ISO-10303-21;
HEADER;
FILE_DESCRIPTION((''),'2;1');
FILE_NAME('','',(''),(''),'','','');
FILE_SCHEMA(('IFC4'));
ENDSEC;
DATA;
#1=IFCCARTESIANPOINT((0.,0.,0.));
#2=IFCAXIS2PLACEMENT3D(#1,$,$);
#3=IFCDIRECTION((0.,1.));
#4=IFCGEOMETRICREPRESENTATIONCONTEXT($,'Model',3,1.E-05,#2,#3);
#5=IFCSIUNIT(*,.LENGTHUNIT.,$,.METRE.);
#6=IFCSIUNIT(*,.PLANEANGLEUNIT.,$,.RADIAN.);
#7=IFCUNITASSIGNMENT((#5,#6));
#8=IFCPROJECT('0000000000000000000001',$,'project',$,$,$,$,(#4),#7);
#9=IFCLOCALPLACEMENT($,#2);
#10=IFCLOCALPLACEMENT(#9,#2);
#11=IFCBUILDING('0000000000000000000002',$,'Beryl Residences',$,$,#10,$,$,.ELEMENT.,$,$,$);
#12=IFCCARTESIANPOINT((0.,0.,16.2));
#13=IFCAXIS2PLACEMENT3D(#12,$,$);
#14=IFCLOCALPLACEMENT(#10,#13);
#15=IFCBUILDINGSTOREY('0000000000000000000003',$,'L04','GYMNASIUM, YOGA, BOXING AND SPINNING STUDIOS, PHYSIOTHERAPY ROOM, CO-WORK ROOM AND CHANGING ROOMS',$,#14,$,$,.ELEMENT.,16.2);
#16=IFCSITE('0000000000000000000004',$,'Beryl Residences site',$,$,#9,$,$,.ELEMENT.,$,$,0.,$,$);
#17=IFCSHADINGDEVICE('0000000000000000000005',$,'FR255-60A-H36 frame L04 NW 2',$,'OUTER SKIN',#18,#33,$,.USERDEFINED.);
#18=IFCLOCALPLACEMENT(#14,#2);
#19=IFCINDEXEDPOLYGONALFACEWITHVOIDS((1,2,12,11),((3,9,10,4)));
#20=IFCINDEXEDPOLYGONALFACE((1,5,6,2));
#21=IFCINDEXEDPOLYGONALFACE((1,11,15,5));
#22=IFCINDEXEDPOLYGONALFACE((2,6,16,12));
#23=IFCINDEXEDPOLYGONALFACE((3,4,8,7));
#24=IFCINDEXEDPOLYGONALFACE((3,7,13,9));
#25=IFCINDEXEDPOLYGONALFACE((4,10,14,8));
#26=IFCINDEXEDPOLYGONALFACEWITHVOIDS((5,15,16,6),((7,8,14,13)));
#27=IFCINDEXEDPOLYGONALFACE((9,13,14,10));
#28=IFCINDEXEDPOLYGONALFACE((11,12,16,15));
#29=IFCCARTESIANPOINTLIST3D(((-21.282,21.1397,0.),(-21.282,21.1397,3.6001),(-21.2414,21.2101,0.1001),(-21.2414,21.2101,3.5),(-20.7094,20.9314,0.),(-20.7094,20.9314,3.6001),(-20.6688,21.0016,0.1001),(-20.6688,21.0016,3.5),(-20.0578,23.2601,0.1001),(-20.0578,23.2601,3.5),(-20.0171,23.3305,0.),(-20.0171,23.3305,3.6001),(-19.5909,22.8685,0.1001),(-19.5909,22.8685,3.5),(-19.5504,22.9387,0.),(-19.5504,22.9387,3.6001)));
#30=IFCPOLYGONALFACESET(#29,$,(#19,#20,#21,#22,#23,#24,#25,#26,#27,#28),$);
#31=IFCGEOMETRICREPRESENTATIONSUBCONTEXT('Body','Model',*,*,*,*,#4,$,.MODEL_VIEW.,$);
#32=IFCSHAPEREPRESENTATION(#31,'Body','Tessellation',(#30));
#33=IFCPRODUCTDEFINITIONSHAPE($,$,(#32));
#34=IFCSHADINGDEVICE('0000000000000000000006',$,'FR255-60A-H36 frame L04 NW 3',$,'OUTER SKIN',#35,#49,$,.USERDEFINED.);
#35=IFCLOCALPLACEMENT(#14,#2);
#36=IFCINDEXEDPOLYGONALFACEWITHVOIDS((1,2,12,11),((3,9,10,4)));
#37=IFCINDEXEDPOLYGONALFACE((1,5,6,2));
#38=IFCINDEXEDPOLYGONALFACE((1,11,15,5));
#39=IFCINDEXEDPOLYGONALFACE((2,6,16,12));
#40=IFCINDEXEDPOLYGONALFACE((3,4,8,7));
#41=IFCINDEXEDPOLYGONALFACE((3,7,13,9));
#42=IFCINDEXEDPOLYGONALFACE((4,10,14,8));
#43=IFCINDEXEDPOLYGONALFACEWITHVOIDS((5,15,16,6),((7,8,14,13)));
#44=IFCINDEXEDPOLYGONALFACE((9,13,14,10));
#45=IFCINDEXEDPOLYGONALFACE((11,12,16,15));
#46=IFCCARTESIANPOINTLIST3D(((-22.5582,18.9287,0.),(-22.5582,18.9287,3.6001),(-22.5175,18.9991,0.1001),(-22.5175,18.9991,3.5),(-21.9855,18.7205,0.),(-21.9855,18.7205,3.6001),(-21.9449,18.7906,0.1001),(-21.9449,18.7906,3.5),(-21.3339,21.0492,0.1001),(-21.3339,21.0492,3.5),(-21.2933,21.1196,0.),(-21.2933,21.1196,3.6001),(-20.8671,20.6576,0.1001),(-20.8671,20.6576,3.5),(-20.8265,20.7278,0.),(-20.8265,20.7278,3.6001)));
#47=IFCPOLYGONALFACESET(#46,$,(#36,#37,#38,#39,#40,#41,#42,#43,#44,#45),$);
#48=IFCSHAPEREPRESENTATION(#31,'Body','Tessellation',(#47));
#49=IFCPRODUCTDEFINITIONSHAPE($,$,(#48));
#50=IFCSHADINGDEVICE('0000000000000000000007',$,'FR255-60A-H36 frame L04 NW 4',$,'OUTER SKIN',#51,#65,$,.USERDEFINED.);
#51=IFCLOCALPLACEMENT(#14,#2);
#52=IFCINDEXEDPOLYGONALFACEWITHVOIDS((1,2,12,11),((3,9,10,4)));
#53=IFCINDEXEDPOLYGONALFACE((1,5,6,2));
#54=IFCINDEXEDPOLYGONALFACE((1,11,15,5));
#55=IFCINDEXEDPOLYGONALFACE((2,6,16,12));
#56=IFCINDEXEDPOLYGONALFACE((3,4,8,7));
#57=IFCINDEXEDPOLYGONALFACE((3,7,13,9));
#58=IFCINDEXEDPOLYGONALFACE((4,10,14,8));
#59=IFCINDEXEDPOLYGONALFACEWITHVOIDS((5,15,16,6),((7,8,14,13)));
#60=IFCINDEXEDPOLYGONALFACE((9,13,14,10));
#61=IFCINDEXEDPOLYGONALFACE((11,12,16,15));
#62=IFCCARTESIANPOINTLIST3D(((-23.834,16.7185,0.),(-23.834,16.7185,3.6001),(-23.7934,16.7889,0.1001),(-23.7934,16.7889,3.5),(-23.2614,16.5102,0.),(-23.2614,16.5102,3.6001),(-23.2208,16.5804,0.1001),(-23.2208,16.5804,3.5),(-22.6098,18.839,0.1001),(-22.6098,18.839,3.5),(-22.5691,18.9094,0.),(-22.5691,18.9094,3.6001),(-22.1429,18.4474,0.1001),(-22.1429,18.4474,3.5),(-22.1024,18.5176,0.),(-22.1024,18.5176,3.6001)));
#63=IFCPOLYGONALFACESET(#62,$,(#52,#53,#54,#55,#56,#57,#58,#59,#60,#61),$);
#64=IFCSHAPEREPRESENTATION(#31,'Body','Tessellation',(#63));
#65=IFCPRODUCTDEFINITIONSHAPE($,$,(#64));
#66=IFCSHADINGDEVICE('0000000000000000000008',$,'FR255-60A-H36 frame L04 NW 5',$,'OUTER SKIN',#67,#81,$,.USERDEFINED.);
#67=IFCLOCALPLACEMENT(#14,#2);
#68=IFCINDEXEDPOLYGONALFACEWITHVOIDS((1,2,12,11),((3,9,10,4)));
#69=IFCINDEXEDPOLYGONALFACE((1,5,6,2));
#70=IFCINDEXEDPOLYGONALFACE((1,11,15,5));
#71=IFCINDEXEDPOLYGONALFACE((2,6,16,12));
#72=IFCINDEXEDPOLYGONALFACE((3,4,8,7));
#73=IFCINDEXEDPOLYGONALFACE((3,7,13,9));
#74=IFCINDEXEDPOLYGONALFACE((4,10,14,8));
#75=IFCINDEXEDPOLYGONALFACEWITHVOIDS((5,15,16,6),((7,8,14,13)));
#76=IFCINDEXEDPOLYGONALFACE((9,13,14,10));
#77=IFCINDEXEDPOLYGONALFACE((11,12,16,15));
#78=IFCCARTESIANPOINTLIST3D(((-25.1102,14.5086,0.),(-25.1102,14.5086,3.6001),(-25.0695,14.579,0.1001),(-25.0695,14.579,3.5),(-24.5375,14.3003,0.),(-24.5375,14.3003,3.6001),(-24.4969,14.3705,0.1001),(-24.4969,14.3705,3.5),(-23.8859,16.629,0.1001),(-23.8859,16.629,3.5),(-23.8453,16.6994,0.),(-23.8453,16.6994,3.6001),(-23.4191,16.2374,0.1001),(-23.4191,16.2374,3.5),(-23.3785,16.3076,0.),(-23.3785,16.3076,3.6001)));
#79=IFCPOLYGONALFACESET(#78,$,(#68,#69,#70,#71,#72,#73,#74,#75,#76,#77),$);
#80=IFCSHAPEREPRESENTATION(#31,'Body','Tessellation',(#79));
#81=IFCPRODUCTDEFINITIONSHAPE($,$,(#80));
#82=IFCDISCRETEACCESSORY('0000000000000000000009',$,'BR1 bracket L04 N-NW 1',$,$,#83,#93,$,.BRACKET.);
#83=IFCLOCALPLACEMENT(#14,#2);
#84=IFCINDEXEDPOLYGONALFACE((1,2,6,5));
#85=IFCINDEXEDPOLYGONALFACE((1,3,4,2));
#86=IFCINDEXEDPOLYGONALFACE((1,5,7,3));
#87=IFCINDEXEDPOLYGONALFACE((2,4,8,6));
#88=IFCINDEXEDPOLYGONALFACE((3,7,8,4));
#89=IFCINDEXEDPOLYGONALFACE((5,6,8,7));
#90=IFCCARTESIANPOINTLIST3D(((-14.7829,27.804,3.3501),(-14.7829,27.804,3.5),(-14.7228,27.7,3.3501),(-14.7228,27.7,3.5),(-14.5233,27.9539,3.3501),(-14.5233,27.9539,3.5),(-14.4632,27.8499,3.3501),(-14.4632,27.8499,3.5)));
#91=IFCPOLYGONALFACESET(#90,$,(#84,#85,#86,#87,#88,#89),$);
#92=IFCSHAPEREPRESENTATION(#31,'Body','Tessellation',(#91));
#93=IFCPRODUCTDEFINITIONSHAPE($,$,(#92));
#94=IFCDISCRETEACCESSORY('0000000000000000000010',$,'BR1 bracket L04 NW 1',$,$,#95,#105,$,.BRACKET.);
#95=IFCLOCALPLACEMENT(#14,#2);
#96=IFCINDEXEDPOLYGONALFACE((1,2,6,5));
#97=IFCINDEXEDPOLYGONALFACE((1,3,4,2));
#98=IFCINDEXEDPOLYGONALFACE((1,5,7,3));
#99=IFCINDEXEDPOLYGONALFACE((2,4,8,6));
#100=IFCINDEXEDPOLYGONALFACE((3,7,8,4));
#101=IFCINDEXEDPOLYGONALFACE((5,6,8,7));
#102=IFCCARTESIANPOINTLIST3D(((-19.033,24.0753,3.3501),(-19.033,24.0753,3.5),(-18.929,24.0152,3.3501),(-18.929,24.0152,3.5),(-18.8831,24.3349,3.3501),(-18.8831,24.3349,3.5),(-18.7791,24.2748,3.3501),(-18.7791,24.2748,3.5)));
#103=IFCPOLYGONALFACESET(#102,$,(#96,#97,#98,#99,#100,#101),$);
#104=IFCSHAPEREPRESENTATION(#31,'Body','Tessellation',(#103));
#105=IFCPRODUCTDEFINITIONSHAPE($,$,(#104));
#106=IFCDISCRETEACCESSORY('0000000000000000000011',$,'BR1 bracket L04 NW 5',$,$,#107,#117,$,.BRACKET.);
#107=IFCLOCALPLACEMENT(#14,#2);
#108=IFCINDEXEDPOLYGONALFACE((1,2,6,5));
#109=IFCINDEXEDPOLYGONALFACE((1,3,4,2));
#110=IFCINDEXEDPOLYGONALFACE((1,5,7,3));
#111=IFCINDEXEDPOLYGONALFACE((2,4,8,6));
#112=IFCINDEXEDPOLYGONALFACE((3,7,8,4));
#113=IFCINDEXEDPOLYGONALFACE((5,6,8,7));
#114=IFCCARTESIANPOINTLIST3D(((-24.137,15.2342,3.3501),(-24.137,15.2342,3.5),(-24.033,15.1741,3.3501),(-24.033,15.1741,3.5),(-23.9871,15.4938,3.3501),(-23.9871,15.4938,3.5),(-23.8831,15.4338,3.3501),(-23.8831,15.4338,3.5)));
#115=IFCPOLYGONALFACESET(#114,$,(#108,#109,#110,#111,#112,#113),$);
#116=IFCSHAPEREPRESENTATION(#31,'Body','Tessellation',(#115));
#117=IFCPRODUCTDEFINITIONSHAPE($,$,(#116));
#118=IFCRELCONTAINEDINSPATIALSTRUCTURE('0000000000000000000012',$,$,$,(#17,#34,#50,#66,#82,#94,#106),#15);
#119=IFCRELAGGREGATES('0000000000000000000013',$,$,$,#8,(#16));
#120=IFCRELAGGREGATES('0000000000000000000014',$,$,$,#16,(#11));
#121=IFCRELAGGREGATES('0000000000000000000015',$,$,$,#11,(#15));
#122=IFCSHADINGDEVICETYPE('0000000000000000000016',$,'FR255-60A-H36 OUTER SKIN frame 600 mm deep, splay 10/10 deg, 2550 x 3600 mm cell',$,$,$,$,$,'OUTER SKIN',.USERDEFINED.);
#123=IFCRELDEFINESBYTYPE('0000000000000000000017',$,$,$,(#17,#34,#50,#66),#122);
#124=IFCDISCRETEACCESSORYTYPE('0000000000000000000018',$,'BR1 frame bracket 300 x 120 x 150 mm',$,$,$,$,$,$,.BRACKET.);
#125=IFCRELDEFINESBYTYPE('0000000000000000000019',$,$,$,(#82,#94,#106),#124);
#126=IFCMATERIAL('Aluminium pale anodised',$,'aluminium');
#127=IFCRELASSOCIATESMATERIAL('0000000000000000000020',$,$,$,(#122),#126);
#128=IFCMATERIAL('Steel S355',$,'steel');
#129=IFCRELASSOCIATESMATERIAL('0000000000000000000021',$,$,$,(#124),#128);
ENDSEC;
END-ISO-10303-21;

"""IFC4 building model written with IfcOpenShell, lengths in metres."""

from ifc_helpers import new_model, entity, si_unit, direction, frame, origin, place, context, subcontext, project, spatial, polyline, outline, extrude, source, transform, mapped, material, type_object, type_shapes, element, save


model = new_model("IFC4")

# Units and contexts
model_context = context("Model", 3, precision=1e-05, world=origin(), true_north=direction((0.0, 1.0)))
body_context = subcontext(model_context, "Body", "Model", "MODEL_VIEW")
ifc_project = project(units=[si_unit("LENGTHUNIT", "METRE"), si_unit("PLANEANGLEUNIT", "RADIAN")], contexts=[model_context])

# Site, building, storey
site_placement = place(None, origin())
site = spatial("IfcSite", under=ifc_project, at=site_placement, Name="Beryl Residences site", CompositionType="ELEMENT", RefElevation=0.0)
building_placement = place(site_placement, origin())
building = spatial("IfcBuilding", under=site, at=building_placement, Name="Beryl Residences", CompositionType="ELEMENT")
storey_placement = place(building_placement, frame((0.0, 0.0, 16.2)))
storey = spatial("IfcBuildingStorey", under=building, at=storey_placement, Name="L04", Description="GYMNASIUM, YOGA, BOXING AND SPINNING STUDIOS, PHYSIOTHERAPY ROOM, CO-WORK ROOM AND CHANGING ROOMS", CompositionType="ELEMENT", Elevation=16.2)

# Shading devices
ifc_material_1 = material(Name="Aluminium pale anodised", Category="aluminium")
shading_device_type_1 = type_object("IfcShadingDeviceType", Name="FR255-60A-H36 OUTER SKIN frame 600 mm deep, splay 10/10 deg, 2550 x 3600 mm cell", ElementType="OUTER SKIN", PredefinedType="USERDEFINED", material=ifc_material_1)
cartesian_point_1 = entity("IfcCartesianPoint", [-1.1589, 0.0])
cartesian_point_2 = entity("IfcCartesianPoint", [-1.0779, 0.1001])
cartesian_point_3 = entity("IfcCartesianPoint", [-1.2649, 0.0])
cartesian_point_4 = entity("IfcCartesianPoint", [-1.1836, 0.1001])
shared_shape_1 = source(origin(), body_context, "Body", "SweptSolid", [
    entity("IfcExtrudedAreaSolidTapered", entity("IfcArbitraryProfileDefWithVoids", "AREA", None, entity("IfcPolyline", [cartesian_point_1, entity("IfcCartesianPoint", [1.1589, 0.0]), entity("IfcCartesianPoint", [1.1589, 3.6001]), entity("IfcCartesianPoint", [-1.1589, 3.6001]), cartesian_point_1]), [entity("IfcPolyline", [cartesian_point_2, entity("IfcCartesianPoint", [1.0779, 0.1001]), entity("IfcCartesianPoint", [1.0779, 3.5]), entity("IfcCartesianPoint", [-1.0779, 3.5]), cartesian_point_2])]), entity("IfcAxis2Placement3D", entity("IfcCartesianPoint", [0.0, 0.0, 0.0]), entity("IfcDirection", [0.0, 1.0, 0.0]), entity("IfcDirection", [-1.0, 0.0, 0.0])), entity("IfcDirection", [0.0, 0.0, 1.0]), 0.6001, entity("IfcArbitraryProfileDefWithVoids", "AREA", None, entity("IfcPolyline", [cartesian_point_3, entity("IfcCartesianPoint", [1.2649, 0.0]), entity("IfcCartesianPoint", [1.2649, 3.6001]), entity("IfcCartesianPoint", [-1.2649, 3.6001]), cartesian_point_3]), [entity("IfcPolyline", [cartesian_point_4, entity("IfcCartesianPoint", [1.1836, 0.1001]), entity("IfcCartesianPoint", [1.1836, 3.5]), entity("IfcCartesianPoint", [-1.1836, 3.5]), cartesian_point_4])])),
])
type_shapes(shading_device_type_1, [shared_shape_1])
for number, where, z_axis, x_axis, name in (
    (1, (-20.1299, 21.9351, 0.0), (0.0, 0.0, 1.0), (0.5, 0.866025, 0.0), "FR255-60A-H36 frame L04 NW 2"),
    (2, (-21.406, 19.7241, 0.0), (0.0, 0.0, 1.0), (0.5, 0.866025, 0.0), "FR255-60A-H36 frame L04 NW 3"),
    (3, (-22.6819, 17.5139, 0.0), (0.0, 0.0, 1.0), (0.5, 0.866025, 0.0), "FR255-60A-H36 frame L04 NW 4"),
    (4, (-23.958, 15.304, 0.0), (0.0, 0.0, 1.0), (0.5, 0.866025, 0.0), "FR255-60A-H36 frame L04 NW 5"),
):
    element("IfcShadingDevice", number, at=place(storey_placement, frame(where, z_axis=z_axis, x_axis=x_axis)), inside=storey, type_object=shading_device_type_1, Name=name, ObjectType="OUTER SKIN", PredefinedType="USERDEFINED", context=body_context, shape_type="MappedRepresentation", body=[
        mapped(shared_shape_1, transform((0.0, 0.0, 0.0))),
    ])

# Discrete accessories
ifc_material_2 = material(Name="Steel S355", Category="steel")
discrete_accessory_type = type_object("IfcDiscreteAccessoryType", Name="BR1 frame bracket 300 x 120 x 150 mm", PredefinedType="BRACKET", material=ifc_material_2)
shared_shape_2 = source(origin(), body_context, "Body", "SweptSolid", [
    extrude(outline(polyline([(-0.1499, 0.0), (0.1499, 0.0), (0.1499, 0.1201), (-0.1499, 0.1201), (-0.1499, 0.0)])), origin(), (0.0, 0.0, 1.0), 0.1499),
])
type_shapes(discrete_accessory_type, [shared_shape_2])
for number, where, z_axis, x_axis, name in (
    (5, (-14.593, 27.7749, 3.3501), (0.0, 0.0, 1.0), (0.866025, 0.5, 0.0), "BR1 bracket L04 N-NW 1"),
    (6, (-18.854, 24.145, 3.3501), (0.0, 0.0, 1.0), (0.5, 0.866025, 0.0), "BR1 bracket L04 NW 1"),
    (7, (-23.958, 15.304, 3.3501), (0.0, 0.0, 1.0), (0.5, 0.866025, 0.0), "BR1 bracket L04 NW 5"),
):
    element("IfcDiscreteAccessory", number, at=place(storey_placement, frame(where, z_axis=z_axis, x_axis=x_axis)), inside=storey, type_object=discrete_accessory_type, Name=name, PredefinedType="BRACKET", context=body_context, shape_type="MappedRepresentation", body=[
        mapped(shared_shape_2, transform((0.0, 0.0, 0.0))),
    ])

save(model, "model.ifc")
